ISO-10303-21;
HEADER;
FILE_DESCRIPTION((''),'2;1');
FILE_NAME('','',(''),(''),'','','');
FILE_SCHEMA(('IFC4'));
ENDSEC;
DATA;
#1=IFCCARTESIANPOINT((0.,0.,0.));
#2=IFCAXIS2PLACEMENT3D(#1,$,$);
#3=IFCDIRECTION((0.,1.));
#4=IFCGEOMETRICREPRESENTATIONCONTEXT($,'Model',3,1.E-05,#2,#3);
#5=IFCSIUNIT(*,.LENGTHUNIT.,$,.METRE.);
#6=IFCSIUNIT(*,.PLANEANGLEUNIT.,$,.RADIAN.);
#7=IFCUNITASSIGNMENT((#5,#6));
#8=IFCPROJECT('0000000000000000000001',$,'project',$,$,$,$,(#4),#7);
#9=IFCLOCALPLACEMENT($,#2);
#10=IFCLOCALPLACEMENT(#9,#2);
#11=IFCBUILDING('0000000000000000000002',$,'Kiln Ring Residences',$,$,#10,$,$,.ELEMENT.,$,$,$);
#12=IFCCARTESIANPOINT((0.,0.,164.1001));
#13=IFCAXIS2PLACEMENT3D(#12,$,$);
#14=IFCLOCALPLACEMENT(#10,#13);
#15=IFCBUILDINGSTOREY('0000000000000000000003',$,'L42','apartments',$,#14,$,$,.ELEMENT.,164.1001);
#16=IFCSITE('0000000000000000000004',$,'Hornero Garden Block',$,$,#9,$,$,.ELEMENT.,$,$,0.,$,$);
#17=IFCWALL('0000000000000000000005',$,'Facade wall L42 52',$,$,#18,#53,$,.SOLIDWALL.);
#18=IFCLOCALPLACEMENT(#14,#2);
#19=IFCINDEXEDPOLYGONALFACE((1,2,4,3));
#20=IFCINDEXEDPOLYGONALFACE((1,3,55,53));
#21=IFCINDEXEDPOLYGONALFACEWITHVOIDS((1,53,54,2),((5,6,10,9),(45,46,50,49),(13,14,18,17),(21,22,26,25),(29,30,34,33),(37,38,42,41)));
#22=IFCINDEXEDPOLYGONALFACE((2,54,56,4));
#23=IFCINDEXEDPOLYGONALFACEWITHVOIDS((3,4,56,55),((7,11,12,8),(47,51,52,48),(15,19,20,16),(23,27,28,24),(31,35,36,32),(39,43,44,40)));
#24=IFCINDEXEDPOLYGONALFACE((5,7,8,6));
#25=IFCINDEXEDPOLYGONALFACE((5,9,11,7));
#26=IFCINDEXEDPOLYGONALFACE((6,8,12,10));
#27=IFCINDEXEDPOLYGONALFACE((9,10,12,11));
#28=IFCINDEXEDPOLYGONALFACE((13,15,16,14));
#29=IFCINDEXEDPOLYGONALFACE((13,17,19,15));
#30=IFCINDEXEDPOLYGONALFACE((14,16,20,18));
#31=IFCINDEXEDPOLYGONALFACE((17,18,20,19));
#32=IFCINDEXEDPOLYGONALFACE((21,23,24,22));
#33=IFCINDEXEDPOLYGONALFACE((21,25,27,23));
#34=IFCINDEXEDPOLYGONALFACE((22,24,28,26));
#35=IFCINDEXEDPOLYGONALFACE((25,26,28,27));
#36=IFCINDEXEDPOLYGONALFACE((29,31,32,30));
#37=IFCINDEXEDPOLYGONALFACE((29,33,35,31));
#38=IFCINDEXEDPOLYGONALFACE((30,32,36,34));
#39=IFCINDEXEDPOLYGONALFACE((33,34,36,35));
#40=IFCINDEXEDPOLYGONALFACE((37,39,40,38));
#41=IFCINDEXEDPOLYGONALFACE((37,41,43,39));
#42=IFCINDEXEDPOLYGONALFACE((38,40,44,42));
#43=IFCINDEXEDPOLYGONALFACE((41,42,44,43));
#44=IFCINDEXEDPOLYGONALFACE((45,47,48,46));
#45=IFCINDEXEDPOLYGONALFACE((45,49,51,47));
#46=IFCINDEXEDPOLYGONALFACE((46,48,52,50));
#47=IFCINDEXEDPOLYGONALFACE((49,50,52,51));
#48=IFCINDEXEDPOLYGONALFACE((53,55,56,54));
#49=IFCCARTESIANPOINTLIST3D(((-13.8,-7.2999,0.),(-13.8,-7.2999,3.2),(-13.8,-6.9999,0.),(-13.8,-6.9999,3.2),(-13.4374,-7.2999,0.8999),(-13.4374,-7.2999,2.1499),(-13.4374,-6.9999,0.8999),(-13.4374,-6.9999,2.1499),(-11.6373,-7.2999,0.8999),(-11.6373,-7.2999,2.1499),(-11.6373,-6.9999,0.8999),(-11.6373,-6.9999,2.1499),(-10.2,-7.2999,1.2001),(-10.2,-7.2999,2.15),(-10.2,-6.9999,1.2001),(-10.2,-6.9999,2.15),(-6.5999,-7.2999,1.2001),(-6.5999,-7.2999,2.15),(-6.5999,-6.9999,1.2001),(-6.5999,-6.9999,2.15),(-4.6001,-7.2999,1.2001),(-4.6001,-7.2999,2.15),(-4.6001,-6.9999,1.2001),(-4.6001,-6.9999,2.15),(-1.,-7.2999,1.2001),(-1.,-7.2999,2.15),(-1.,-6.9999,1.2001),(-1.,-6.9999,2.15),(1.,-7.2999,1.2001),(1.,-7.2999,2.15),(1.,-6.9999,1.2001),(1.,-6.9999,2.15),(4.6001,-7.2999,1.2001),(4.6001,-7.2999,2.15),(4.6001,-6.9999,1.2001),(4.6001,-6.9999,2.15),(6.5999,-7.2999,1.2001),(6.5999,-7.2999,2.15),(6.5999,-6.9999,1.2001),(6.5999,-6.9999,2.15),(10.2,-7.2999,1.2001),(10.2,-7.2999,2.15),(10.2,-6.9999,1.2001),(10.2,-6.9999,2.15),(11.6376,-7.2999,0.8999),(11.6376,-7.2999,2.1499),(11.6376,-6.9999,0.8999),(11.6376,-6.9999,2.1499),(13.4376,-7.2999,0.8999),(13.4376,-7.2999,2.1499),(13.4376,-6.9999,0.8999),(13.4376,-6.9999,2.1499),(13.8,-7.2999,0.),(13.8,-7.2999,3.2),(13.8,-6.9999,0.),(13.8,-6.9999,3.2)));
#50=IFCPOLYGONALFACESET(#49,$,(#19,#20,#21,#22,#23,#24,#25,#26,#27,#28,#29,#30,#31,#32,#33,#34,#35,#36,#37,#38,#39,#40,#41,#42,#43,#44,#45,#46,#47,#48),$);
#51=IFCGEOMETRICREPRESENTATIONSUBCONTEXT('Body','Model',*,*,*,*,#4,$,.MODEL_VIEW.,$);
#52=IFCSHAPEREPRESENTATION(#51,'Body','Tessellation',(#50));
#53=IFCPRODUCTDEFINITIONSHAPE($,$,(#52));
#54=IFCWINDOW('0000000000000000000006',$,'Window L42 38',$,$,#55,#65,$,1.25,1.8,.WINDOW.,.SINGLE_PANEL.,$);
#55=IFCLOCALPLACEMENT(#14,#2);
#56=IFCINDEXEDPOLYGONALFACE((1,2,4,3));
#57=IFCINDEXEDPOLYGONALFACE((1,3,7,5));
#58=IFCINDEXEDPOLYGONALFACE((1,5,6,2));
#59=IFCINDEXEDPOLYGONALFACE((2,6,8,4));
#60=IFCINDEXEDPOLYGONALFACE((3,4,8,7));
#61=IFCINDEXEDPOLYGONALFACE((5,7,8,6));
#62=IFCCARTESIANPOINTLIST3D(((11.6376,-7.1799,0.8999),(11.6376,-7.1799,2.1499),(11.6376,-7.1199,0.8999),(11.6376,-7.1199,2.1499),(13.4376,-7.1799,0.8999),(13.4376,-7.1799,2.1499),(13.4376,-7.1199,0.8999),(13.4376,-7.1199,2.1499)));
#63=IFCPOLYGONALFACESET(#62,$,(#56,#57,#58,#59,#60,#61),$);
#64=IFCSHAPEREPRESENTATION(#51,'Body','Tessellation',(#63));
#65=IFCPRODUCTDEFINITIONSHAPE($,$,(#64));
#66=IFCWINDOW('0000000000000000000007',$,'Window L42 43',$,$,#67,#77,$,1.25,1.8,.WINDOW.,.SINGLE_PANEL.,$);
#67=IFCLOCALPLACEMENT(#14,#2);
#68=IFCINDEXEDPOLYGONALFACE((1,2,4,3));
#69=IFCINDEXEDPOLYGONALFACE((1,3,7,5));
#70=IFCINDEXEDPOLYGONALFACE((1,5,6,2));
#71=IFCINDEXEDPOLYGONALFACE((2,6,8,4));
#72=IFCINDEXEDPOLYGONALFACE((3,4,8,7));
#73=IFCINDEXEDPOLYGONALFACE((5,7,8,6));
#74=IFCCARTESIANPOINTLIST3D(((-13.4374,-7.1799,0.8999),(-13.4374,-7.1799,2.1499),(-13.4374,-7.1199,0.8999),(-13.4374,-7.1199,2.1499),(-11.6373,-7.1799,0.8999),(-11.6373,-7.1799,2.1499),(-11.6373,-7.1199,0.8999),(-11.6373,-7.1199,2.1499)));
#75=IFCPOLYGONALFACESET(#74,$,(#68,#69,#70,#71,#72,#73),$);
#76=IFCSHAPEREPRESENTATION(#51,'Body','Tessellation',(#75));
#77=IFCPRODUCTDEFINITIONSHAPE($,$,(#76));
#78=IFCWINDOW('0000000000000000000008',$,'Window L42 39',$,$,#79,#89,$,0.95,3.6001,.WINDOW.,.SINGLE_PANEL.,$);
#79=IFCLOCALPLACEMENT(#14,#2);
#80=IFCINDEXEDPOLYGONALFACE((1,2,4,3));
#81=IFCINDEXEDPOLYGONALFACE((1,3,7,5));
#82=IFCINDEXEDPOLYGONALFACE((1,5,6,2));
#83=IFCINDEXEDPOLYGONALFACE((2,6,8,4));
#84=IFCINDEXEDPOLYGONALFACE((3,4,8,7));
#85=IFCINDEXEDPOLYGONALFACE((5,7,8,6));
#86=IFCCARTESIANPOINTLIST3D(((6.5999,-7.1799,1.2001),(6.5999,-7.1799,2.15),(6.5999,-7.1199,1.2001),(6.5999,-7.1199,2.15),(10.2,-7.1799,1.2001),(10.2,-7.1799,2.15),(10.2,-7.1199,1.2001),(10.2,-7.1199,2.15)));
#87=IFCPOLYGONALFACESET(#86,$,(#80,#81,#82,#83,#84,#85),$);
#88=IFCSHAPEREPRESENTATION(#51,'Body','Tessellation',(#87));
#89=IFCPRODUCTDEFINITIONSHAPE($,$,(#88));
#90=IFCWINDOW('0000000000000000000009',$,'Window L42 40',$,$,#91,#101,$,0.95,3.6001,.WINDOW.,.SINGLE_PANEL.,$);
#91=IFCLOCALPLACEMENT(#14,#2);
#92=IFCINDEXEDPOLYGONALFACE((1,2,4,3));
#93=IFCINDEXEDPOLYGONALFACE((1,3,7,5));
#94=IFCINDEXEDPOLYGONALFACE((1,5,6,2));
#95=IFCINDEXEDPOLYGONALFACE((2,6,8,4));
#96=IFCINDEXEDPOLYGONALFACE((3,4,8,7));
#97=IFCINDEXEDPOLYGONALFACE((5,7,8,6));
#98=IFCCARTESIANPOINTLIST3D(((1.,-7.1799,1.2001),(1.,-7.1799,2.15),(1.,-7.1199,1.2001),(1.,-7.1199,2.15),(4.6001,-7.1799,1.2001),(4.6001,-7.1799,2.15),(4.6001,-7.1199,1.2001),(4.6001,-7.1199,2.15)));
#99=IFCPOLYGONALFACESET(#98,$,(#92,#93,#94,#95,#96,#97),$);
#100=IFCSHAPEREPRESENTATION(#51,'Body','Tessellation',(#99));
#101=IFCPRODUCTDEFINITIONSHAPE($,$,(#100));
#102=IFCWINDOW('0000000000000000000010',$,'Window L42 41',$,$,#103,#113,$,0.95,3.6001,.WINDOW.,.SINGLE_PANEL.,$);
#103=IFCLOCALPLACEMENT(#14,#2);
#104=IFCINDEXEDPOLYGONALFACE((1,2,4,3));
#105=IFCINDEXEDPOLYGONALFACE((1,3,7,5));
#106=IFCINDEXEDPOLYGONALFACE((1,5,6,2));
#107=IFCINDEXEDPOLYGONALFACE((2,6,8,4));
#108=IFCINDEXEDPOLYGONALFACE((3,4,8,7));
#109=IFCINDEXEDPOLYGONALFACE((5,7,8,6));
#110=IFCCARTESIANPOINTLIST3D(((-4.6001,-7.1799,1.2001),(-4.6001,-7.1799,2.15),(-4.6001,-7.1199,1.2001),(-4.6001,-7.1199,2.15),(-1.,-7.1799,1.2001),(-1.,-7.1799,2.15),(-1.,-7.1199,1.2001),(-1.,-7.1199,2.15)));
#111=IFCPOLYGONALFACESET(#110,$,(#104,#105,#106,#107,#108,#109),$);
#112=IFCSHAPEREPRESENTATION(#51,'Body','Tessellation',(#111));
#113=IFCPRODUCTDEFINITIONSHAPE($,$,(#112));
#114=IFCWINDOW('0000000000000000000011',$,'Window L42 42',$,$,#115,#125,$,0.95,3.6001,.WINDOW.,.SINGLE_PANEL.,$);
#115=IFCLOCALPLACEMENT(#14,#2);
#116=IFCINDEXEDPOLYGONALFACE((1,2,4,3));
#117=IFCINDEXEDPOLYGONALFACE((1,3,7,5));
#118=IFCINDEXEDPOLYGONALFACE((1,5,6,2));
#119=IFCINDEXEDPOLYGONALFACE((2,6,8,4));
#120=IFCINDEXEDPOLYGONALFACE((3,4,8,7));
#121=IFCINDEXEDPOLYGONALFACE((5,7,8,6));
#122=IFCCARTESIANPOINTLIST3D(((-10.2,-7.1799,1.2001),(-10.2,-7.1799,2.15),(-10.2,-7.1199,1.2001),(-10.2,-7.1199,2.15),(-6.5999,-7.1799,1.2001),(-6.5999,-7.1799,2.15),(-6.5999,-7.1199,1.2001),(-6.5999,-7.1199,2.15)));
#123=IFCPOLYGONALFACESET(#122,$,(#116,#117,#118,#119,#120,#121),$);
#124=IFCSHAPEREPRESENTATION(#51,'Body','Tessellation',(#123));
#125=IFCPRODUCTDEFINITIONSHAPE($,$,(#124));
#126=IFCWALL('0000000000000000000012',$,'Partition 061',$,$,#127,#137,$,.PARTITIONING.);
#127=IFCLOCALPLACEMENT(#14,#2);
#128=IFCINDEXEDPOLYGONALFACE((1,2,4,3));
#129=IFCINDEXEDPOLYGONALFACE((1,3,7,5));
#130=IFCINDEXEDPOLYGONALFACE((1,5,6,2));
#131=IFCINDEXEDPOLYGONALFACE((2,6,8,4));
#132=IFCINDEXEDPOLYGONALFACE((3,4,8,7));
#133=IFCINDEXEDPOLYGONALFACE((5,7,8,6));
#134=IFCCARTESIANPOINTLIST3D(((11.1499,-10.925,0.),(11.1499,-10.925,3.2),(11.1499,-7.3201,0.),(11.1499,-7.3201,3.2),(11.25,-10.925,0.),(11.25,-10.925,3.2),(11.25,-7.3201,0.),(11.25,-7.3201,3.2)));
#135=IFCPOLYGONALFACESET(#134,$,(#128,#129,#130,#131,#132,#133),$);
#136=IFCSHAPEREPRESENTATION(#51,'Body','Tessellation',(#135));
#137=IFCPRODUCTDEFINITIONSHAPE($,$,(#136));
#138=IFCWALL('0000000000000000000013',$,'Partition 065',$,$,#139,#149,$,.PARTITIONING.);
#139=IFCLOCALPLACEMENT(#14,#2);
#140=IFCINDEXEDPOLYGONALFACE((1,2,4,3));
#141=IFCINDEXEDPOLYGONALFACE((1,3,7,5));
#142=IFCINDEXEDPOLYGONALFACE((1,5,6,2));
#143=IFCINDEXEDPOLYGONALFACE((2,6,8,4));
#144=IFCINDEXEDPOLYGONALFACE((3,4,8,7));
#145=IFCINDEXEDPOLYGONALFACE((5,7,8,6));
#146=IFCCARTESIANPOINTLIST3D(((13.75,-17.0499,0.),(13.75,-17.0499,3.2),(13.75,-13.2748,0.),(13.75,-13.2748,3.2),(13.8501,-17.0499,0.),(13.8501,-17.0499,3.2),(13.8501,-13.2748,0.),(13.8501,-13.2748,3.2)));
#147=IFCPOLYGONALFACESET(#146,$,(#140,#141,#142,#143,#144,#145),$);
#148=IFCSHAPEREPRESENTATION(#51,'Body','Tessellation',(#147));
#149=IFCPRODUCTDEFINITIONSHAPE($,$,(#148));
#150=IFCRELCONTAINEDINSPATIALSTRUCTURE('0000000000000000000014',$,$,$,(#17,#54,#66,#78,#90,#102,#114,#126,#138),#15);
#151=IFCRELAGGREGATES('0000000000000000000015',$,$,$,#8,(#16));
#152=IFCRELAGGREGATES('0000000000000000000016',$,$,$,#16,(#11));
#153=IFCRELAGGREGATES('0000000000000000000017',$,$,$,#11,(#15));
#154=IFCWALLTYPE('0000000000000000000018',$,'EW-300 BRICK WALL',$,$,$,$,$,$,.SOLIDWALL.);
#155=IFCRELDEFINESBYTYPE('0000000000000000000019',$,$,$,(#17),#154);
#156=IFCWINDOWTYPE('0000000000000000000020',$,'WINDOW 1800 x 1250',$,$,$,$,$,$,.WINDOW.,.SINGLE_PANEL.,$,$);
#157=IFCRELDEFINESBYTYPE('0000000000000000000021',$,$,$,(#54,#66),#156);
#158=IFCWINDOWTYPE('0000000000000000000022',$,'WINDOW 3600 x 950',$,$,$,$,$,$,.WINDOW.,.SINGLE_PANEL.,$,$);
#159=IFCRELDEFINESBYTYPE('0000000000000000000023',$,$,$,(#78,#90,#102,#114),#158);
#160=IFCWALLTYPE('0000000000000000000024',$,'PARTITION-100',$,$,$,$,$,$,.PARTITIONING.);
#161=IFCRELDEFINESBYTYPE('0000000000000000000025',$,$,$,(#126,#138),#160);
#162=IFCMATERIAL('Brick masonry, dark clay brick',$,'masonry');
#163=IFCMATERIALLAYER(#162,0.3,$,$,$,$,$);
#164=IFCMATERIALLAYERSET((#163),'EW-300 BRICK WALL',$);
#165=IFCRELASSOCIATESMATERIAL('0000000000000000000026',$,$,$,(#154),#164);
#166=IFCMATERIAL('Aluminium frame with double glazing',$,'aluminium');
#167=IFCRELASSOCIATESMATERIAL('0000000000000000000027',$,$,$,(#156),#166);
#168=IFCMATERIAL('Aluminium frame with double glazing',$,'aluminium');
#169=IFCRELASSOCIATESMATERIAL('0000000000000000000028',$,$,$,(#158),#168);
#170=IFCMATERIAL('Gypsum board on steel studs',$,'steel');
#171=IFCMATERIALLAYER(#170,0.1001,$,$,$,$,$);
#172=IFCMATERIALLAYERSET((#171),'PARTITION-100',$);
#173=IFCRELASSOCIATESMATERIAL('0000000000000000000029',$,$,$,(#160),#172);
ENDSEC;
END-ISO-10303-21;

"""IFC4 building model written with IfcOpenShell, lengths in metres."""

from ifc_helpers import new_model, si_unit, direction, frame, frame_2d, origin, place, context, subcontext, project, spatial, rectangle, extrude, material, layer, layer_set, type_object, element, fill, save


model = new_model("IFC4")

# Units and contexts
model_context = context("Model", 3, precision=1e-05, world=origin(), true_north=direction((0.0, 1.0)))
body_context = subcontext(model_context, "Body", "Model", "MODEL_VIEW")
ifc_project = project(units=[si_unit("LENGTHUNIT", "METRE"), si_unit("PLANEANGLEUNIT", "RADIAN")], contexts=[model_context])

# Site, building, storey
site_placement = place(None, origin())
site = spatial("IfcSite", under=ifc_project, at=site_placement, Name="Hornero Garden Block", CompositionType="ELEMENT", RefElevation=0.0)
building_placement = place(site_placement, origin())
building = spatial("IfcBuilding", under=site, at=building_placement, Name="Kiln Ring Residences", CompositionType="ELEMENT")
storey_placement = place(building_placement, frame((0.0, 0.0, 164.1001)))
storey = spatial("IfcBuildingStorey", under=building, at=storey_placement, Name="L42", Description="apartments", CompositionType="ELEMENT", Elevation=164.1001)

# Wall, openings, windows
ifc_material_1 = material(Name="Brick masonry, dark clay brick", Category="masonry")
ifc_layer_1 = layer(ifc_material_1, 0.3)
ifc_layer_set_1 = layer_set([ifc_layer_1], Name="EW-300 BRICK WALL")
wall_type_1 = type_object("IfcWallType", Name="EW-300 BRICK WALL", PredefinedType="SOLIDWALL", material=ifc_layer_set_1)
wall_1_placement = place(storey_placement, frame((13.8, -7.1499, 0.0), z_axis=(0.0, 0.0, 1.0), x_axis=(-1.0, 0.0, 0.0)))
wall_1 = element("IfcWall", 1, at=wall_1_placement, inside=storey, type_object=wall_type_1, Name="Facade wall L42 52", PredefinedType="SOLIDWALL", context=body_context, shape_type="SweptSolid", body=[
    extrude(rectangle(XDim=27.6001, YDim=0.3, at=frame_2d((13.8, 0.0))), origin(), (0.0, 0.0, 1.0), 3.2),
])
opening_1_placement = place(wall_1_placement, frame((0.3625, 0.0, 0.8999)))
opening_1 = element("IfcOpeningElement", 2, at=opening_1_placement, cuts=wall_1, PredefinedType="OPENING", context=body_context, shape_type="SweptSolid", body=[
    extrude(rectangle(XDim=1.8, YDim=1.25, at=frame_2d((0.8999, 0.625))), frame((0.0, 0.1599, 0.0), z_axis=(0.0, -1.0, 0.0), x_axis=(1.0, 0.0, 0.0)), (0.0, 0.0, 1.0), 0.3201),
])
opening_2_placement = place(wall_1_placement, frame((3.6001, 0.0, 1.2)))
opening_2 = element("IfcOpeningElement", 3, at=opening_2_placement, cuts=wall_1, PredefinedType="OPENING", context=body_context, shape_type="SweptSolid", body=[
    extrude(rectangle(XDim=3.6001, YDim=0.95, at=frame_2d((1.8, 0.4751))), frame((0.0, 0.1599, 0.0), z_axis=(0.0, -1.0, 0.0), x_axis=(1.0, 0.0, 0.0)), (0.0, 0.0, 1.0), 0.3201),
])
opening_3_placement = place(wall_1_placement, frame((9.2, 0.0, 1.2)))
opening_3 = element("IfcOpeningElement", 4, at=opening_3_placement, cuts=wall_1, PredefinedType="OPENING", context=body_context, shape_type="SweptSolid", body=[
    extrude(rectangle(XDim=3.6001, YDim=0.95, at=frame_2d((1.8, 0.4751))), frame((0.0, 0.1599, 0.0), z_axis=(0.0, -1.0, 0.0), x_axis=(1.0, 0.0, 0.0)), (0.0, 0.0, 1.0), 0.3201),
])
opening_4_placement = place(wall_1_placement, frame((14.8, 0.0, 1.2)))
opening_4 = element("IfcOpeningElement", 5, at=opening_4_placement, cuts=wall_1, PredefinedType="OPENING", context=body_context, shape_type="SweptSolid", body=[
    extrude(rectangle(XDim=3.6001, YDim=0.95, at=frame_2d((1.8, 0.4751))), frame((0.0, 0.1599, 0.0), z_axis=(0.0, -1.0, 0.0), x_axis=(1.0, 0.0, 0.0)), (0.0, 0.0, 1.0), 0.3201),
])
opening_5_placement = place(wall_1_placement, frame((20.3999, 0.0, 1.2)))
opening_5 = element("IfcOpeningElement", 6, at=opening_5_placement, cuts=wall_1, PredefinedType="OPENING", context=body_context, shape_type="SweptSolid", body=[
    extrude(rectangle(XDim=3.6001, YDim=0.95, at=frame_2d((1.8, 0.4751))), frame((0.0, 0.1599, 0.0), z_axis=(0.0, -1.0, 0.0), x_axis=(1.0, 0.0, 0.0)), (0.0, 0.0, 1.0), 0.3201),
])
opening_6_placement = place(wall_1_placement, frame((25.4375, 0.0, 0.8999)))
opening_6 = element("IfcOpeningElement", 7, at=opening_6_placement, cuts=wall_1, PredefinedType="OPENING", context=body_context, shape_type="SweptSolid", body=[
    extrude(rectangle(XDim=1.8, YDim=1.25, at=frame_2d((0.8999, 0.625))), frame((0.0, 0.1599, 0.0), z_axis=(0.0, -1.0, 0.0), x_axis=(1.0, 0.0, 0.0)), (0.0, 0.0, 1.0), 0.3201),
])
ifc_material_2 = material(Name="Aluminium frame with double glazing", Category="aluminium")
window_type_1 = type_object("IfcWindowType", Name="WINDOW 1800 x 1250", PartitioningType="SINGLE_PANEL", PredefinedType="WINDOW", material=ifc_material_2)
window_1_placement = place(opening_1_placement, origin())
window_1 = element("IfcWindow", 8, at=window_1_placement, inside=storey, type_object=window_type_1, Name="Window L42 38", OverallHeight=1.25, OverallWidth=1.8, PartitioningType="SINGLE_PANEL", PredefinedType="WINDOW", context=body_context, shape_type="SweptSolid", body=[
    extrude(rectangle(XDim=1.8, YDim=1.25, at=frame_2d((0.8999, 0.625))), frame((0.0, 0.03, 0.0), z_axis=(0.0, -1.0, 0.0), x_axis=(1.0, 0.0, 0.0)), (0.0, 0.0, 1.0), 0.0601),
])
fill(opening_1, window_1)
window_2_placement = place(opening_6_placement, origin())
window_2 = element("IfcWindow", 9, at=window_2_placement, inside=storey, type_object=window_type_1, Name="Window L42 43", OverallHeight=1.25, OverallWidth=1.8, PartitioningType="SINGLE_PANEL", PredefinedType="WINDOW", context=body_context, shape_type="SweptSolid", body=[
    extrude(rectangle(XDim=1.8, YDim=1.25, at=frame_2d((0.8999, 0.625))), frame((0.0, 0.03, 0.0), z_axis=(0.0, -1.0, 0.0), x_axis=(1.0, 0.0, 0.0)), (0.0, 0.0, 1.0), 0.0601),
])
fill(opening_6, window_2)
ifc_material_3 = material(Name="Aluminium frame with double glazing", Category="aluminium")
window_type_2 = type_object("IfcWindowType", Name="WINDOW 3600 x 950", PartitioningType="SINGLE_PANEL", PredefinedType="WINDOW", material=ifc_material_3)
window_3_placement = place(opening_2_placement, origin())
window_3 = element("IfcWindow", 10, at=window_3_placement, inside=storey, type_object=window_type_2, Name="Window L42 39", OverallHeight=0.95, OverallWidth=3.6001, PartitioningType="SINGLE_PANEL", PredefinedType="WINDOW", context=body_context, shape_type="SweptSolid", body=[
    extrude(rectangle(XDim=3.6001, YDim=0.95, at=frame_2d((1.8, 0.4751))), frame((0.0, 0.03, 0.0), z_axis=(0.0, -1.0, 0.0), x_axis=(1.0, 0.0, 0.0)), (0.0, 0.0, 1.0), 0.0601),
])
fill(opening_2, window_3)
window_4_placement = place(opening_3_placement, origin())
window_4 = element("IfcWindow", 11, at=window_4_placement, inside=storey, type_object=window_type_2, Name="Window L42 40", OverallHeight=0.95, OverallWidth=3.6001, PartitioningType="SINGLE_PANEL", PredefinedType="WINDOW", context=body_context, shape_type="SweptSolid", body=[
    extrude(rectangle(XDim=3.6001, YDim=0.95, at=frame_2d((1.8, 0.4751))), frame((0.0, 0.03, 0.0), z_axis=(0.0, -1.0, 0.0), x_axis=(1.0, 0.0, 0.0)), (0.0, 0.0, 1.0), 0.0601),
])
fill(opening_3, window_4)
window_5_placement = place(opening_4_placement, origin())
window_5 = element("IfcWindow", 12, at=window_5_placement, inside=storey, type_object=window_type_2, Name="Window L42 41", OverallHeight=0.95, OverallWidth=3.6001, PartitioningType="SINGLE_PANEL", PredefinedType="WINDOW", context=body_context, shape_type="SweptSolid", body=[
    extrude(rectangle(XDim=3.6001, YDim=0.95, at=frame_2d((1.8, 0.4751))), frame((0.0, 0.03, 0.0), z_axis=(0.0, -1.0, 0.0), x_axis=(1.0, 0.0, 0.0)), (0.0, 0.0, 1.0), 0.0601),
])
fill(opening_4, window_5)
window_6_placement = place(opening_5_placement, origin())
window_6 = element("IfcWindow", 13, at=window_6_placement, inside=storey, type_object=window_type_2, Name="Window L42 42", OverallHeight=0.95, OverallWidth=3.6001, PartitioningType="SINGLE_PANEL", PredefinedType="WINDOW", context=body_context, shape_type="SweptSolid", body=[
    extrude(rectangle(XDim=3.6001, YDim=0.95, at=frame_2d((1.8, 0.4751))), frame((0.0, 0.03, 0.0), z_axis=(0.0, -1.0, 0.0), x_axis=(1.0, 0.0, 0.0)), (0.0, 0.0, 1.0), 0.0601),
])
fill(opening_5, window_6)

# Walls
ifc_material_4 = material(Name="Gypsum board on steel studs", Category="steel")
ifc_layer_2 = layer(ifc_material_4, 0.1001)
ifc_layer_set_2 = layer_set([ifc_layer_2], Name="PARTITION-100")
wall_type_2 = type_object("IfcWallType", Name="PARTITION-100", PredefinedType="PARTITIONING", material=ifc_layer_set_2)
wall_2_placement = place(storey_placement, frame((11.2, -10.925, 0.0), z_axis=(0.0, 0.0, 1.0), x_axis=(0.0, 1.0, 0.0)))
element("IfcWall", 14, at=wall_2_placement, inside=storey, type_object=wall_type_2, Name="Partition 061", PredefinedType="PARTITIONING", context=body_context, shape_type="SweptSolid", body=[
    extrude(rectangle(XDim=3.605, YDim=0.1001, at=frame_2d((1.8025, 0.0))), origin(), (0.0, 0.0, 1.0), 3.2),
])
wall_3_placement = place(storey_placement, frame((13.8, -17.05, 0.0), z_axis=(0.0, 0.0, 1.0), x_axis=(0.0, 1.0, 0.0)))
element("IfcWall", 15, at=wall_3_placement, inside=storey, type_object=wall_type_2, Name="Partition 065", PredefinedType="PARTITIONING", context=body_context, shape_type="SweptSolid", body=[
    extrude(rectangle(XDim=3.7751, YDim=0.1001, at=frame_2d((1.8877, 0.0))), origin(), (0.0, 0.0, 1.0), 3.2),
])

save(model, "model.ifc")
